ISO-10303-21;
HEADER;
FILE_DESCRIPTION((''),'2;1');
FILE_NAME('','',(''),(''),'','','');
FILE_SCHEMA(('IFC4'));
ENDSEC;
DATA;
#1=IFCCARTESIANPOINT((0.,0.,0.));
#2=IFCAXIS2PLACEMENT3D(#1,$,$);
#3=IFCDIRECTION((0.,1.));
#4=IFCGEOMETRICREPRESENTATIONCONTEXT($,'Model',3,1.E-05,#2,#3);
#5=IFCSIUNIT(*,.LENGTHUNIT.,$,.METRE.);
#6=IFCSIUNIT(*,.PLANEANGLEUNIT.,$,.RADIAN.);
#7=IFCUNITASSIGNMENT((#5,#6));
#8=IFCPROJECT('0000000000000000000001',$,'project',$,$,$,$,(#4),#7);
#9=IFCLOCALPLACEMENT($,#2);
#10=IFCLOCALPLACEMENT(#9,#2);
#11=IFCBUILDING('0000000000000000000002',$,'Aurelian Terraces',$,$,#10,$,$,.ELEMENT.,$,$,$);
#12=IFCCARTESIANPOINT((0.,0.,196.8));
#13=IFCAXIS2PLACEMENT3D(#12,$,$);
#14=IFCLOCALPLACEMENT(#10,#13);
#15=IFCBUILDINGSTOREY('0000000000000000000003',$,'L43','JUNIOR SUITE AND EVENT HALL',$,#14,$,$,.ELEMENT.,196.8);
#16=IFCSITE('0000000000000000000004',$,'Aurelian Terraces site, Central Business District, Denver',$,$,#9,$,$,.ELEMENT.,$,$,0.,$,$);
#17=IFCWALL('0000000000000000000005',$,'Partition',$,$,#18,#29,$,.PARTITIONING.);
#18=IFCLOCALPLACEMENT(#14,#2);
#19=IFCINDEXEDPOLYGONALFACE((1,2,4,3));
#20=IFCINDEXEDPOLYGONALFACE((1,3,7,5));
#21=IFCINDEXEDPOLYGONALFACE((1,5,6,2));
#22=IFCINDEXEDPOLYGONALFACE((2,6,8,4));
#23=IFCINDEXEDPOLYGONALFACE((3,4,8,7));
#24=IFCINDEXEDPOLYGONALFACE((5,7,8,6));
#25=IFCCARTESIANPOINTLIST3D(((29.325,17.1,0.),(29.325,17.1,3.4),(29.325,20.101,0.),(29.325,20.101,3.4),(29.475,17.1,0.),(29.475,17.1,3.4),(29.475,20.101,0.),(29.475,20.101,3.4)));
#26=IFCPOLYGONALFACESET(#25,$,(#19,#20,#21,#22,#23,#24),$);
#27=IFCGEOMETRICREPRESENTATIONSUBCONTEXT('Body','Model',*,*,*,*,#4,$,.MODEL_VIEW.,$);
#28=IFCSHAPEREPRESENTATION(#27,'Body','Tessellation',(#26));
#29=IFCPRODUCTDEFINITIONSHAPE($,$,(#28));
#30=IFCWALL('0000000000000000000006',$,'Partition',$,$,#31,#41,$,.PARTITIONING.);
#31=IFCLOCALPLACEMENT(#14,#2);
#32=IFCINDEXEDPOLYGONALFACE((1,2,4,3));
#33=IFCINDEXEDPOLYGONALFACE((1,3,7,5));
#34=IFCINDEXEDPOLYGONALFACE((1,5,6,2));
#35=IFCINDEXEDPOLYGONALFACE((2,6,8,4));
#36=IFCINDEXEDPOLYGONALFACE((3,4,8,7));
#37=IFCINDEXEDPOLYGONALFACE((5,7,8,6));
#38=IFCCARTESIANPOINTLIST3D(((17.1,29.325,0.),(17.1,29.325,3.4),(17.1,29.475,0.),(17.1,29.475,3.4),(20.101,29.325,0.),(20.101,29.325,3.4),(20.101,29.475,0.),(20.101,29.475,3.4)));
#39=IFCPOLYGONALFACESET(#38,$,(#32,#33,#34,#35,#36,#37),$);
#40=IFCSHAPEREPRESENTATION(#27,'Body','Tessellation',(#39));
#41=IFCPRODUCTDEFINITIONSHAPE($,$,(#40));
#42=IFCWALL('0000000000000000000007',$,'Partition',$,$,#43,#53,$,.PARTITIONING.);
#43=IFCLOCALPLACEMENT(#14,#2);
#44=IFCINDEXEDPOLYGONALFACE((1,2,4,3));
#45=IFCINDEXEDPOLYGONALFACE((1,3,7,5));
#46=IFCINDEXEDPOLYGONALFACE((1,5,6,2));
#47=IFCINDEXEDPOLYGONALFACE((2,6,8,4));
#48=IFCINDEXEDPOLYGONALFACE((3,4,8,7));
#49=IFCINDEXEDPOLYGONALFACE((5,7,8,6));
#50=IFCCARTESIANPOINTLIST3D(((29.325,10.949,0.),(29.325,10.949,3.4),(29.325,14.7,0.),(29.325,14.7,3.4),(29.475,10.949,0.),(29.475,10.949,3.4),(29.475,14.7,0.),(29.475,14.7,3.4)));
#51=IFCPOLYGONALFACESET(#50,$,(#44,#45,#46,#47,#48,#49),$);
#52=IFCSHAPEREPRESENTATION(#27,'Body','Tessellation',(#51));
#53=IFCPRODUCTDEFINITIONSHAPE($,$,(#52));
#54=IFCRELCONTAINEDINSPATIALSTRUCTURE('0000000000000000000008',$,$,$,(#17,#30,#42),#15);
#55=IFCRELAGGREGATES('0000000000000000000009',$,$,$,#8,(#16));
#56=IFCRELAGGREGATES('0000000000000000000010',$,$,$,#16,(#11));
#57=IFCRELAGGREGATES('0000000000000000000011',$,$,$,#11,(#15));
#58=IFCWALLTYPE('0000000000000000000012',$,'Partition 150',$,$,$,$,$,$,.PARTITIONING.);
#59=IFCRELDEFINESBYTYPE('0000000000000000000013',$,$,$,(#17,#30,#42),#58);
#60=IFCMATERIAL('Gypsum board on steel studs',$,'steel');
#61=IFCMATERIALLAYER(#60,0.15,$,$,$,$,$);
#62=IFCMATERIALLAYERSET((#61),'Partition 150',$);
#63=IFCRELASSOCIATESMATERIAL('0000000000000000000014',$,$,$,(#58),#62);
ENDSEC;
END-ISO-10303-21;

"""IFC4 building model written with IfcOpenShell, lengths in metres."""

from ifc_helpers import new_model, si_unit, direction, frame, frame_2d, origin, place, context, subcontext, project, spatial, rectangle, extrude, source, transform, mapped, material, layer, layer_set, type_object, element, save


model = new_model("IFC4")

# Units and contexts
model_context = context("Model", 3, precision=1e-05, world=origin(), true_north=direction((0.0, 1.0)))
body_context = subcontext(model_context, "Body", "Model", "MODEL_VIEW")
ifc_project = project(units=[si_unit("LENGTHUNIT", "METRE"), si_unit("PLANEANGLEUNIT", "RADIAN")], contexts=[model_context])

# Site, building, storey
site_placement = place(None, origin())
site = spatial("IfcSite", under=ifc_project, at=site_placement, Name="Aurelian Terraces site, Central Business District, Denver", CompositionType="ELEMENT", RefElevation=0.0)
building_placement = place(site_placement, origin())
building = spatial("IfcBuilding", under=site, at=building_placement, Name="Aurelian Terraces", CompositionType="ELEMENT")
storey_placement = place(building_placement, frame((0.0, 0.0, 196.8)))
storey = spatial("IfcBuildingStorey", under=building, at=storey_placement, Name="L43", Description="JUNIOR SUITE AND EVENT HALL", CompositionType="ELEMENT", Elevation=196.8)

# Shared definitions
ifc_material_1 = material(Name="Gypsum board on steel studs", Category="steel")
ifc_layer_1 = layer(ifc_material_1, 0.15)
ifc_layer_set_1 = layer_set([ifc_layer_1], Name="Partition 150")
wall_type_1 = type_object("IfcWallType", Name="Partition 150", PredefinedType="PARTITIONING", material=ifc_layer_set_1)

# Walls
shared_shape_1 = source(origin(), body_context, "Body", "SweptSolid", [
    extrude(rectangle(XDim=3.001, YDim=0.15, at=frame_2d((1.5005, 0.0))), origin(), (0.0, 0.0, 1.0), 3.4),
])
for number, where, z_axis, x_axis, name in (
    (1, (29.4, 17.1, 0.0), (0.0, 0.0, 1.0), (0.0, 1.0, 0.0), "Partition"),
    (2, (20.101, 29.4, 0.0), (0.0, 0.0, 1.0), (-1.0, 0.0, 0.0), "Partition"),
):
    element("IfcWall", number, at=place(storey_placement, frame(where, z_axis=z_axis, x_axis=x_axis)), inside=storey, type_object=wall_type_1, Name=name, PredefinedType="PARTITIONING", context=body_context, shape_type="MappedRepresentation", body=[
        mapped(shared_shape_1, transform((0.0, 0.0, 0.0), scale=1.0)),
    ])
shared_shape_2 = source(origin(), body_context, "Body", "SweptSolid", [
    extrude(rectangle(XDim=3.751, YDim=0.15, at=frame_2d((1.8755, 0.0))), origin(), (0.0, 0.0, 1.0), 3.4),
])
wall_1_placement = place(storey_placement, frame((29.4, 10.949, 0.0), z_axis=(0.0, 0.0, 1.0), x_axis=(0.0, 1.0, 0.0)))
element("IfcWall", 3, at=wall_1_placement, inside=storey, type_object=wall_type_1, Name="Partition", PredefinedType="PARTITIONING", context=body_context, shape_type="MappedRepresentation", body=[
    mapped(shared_shape_2, transform((0.0, 0.0, 0.0), scale=1.0)),
])

save(model, "model.ifc")
